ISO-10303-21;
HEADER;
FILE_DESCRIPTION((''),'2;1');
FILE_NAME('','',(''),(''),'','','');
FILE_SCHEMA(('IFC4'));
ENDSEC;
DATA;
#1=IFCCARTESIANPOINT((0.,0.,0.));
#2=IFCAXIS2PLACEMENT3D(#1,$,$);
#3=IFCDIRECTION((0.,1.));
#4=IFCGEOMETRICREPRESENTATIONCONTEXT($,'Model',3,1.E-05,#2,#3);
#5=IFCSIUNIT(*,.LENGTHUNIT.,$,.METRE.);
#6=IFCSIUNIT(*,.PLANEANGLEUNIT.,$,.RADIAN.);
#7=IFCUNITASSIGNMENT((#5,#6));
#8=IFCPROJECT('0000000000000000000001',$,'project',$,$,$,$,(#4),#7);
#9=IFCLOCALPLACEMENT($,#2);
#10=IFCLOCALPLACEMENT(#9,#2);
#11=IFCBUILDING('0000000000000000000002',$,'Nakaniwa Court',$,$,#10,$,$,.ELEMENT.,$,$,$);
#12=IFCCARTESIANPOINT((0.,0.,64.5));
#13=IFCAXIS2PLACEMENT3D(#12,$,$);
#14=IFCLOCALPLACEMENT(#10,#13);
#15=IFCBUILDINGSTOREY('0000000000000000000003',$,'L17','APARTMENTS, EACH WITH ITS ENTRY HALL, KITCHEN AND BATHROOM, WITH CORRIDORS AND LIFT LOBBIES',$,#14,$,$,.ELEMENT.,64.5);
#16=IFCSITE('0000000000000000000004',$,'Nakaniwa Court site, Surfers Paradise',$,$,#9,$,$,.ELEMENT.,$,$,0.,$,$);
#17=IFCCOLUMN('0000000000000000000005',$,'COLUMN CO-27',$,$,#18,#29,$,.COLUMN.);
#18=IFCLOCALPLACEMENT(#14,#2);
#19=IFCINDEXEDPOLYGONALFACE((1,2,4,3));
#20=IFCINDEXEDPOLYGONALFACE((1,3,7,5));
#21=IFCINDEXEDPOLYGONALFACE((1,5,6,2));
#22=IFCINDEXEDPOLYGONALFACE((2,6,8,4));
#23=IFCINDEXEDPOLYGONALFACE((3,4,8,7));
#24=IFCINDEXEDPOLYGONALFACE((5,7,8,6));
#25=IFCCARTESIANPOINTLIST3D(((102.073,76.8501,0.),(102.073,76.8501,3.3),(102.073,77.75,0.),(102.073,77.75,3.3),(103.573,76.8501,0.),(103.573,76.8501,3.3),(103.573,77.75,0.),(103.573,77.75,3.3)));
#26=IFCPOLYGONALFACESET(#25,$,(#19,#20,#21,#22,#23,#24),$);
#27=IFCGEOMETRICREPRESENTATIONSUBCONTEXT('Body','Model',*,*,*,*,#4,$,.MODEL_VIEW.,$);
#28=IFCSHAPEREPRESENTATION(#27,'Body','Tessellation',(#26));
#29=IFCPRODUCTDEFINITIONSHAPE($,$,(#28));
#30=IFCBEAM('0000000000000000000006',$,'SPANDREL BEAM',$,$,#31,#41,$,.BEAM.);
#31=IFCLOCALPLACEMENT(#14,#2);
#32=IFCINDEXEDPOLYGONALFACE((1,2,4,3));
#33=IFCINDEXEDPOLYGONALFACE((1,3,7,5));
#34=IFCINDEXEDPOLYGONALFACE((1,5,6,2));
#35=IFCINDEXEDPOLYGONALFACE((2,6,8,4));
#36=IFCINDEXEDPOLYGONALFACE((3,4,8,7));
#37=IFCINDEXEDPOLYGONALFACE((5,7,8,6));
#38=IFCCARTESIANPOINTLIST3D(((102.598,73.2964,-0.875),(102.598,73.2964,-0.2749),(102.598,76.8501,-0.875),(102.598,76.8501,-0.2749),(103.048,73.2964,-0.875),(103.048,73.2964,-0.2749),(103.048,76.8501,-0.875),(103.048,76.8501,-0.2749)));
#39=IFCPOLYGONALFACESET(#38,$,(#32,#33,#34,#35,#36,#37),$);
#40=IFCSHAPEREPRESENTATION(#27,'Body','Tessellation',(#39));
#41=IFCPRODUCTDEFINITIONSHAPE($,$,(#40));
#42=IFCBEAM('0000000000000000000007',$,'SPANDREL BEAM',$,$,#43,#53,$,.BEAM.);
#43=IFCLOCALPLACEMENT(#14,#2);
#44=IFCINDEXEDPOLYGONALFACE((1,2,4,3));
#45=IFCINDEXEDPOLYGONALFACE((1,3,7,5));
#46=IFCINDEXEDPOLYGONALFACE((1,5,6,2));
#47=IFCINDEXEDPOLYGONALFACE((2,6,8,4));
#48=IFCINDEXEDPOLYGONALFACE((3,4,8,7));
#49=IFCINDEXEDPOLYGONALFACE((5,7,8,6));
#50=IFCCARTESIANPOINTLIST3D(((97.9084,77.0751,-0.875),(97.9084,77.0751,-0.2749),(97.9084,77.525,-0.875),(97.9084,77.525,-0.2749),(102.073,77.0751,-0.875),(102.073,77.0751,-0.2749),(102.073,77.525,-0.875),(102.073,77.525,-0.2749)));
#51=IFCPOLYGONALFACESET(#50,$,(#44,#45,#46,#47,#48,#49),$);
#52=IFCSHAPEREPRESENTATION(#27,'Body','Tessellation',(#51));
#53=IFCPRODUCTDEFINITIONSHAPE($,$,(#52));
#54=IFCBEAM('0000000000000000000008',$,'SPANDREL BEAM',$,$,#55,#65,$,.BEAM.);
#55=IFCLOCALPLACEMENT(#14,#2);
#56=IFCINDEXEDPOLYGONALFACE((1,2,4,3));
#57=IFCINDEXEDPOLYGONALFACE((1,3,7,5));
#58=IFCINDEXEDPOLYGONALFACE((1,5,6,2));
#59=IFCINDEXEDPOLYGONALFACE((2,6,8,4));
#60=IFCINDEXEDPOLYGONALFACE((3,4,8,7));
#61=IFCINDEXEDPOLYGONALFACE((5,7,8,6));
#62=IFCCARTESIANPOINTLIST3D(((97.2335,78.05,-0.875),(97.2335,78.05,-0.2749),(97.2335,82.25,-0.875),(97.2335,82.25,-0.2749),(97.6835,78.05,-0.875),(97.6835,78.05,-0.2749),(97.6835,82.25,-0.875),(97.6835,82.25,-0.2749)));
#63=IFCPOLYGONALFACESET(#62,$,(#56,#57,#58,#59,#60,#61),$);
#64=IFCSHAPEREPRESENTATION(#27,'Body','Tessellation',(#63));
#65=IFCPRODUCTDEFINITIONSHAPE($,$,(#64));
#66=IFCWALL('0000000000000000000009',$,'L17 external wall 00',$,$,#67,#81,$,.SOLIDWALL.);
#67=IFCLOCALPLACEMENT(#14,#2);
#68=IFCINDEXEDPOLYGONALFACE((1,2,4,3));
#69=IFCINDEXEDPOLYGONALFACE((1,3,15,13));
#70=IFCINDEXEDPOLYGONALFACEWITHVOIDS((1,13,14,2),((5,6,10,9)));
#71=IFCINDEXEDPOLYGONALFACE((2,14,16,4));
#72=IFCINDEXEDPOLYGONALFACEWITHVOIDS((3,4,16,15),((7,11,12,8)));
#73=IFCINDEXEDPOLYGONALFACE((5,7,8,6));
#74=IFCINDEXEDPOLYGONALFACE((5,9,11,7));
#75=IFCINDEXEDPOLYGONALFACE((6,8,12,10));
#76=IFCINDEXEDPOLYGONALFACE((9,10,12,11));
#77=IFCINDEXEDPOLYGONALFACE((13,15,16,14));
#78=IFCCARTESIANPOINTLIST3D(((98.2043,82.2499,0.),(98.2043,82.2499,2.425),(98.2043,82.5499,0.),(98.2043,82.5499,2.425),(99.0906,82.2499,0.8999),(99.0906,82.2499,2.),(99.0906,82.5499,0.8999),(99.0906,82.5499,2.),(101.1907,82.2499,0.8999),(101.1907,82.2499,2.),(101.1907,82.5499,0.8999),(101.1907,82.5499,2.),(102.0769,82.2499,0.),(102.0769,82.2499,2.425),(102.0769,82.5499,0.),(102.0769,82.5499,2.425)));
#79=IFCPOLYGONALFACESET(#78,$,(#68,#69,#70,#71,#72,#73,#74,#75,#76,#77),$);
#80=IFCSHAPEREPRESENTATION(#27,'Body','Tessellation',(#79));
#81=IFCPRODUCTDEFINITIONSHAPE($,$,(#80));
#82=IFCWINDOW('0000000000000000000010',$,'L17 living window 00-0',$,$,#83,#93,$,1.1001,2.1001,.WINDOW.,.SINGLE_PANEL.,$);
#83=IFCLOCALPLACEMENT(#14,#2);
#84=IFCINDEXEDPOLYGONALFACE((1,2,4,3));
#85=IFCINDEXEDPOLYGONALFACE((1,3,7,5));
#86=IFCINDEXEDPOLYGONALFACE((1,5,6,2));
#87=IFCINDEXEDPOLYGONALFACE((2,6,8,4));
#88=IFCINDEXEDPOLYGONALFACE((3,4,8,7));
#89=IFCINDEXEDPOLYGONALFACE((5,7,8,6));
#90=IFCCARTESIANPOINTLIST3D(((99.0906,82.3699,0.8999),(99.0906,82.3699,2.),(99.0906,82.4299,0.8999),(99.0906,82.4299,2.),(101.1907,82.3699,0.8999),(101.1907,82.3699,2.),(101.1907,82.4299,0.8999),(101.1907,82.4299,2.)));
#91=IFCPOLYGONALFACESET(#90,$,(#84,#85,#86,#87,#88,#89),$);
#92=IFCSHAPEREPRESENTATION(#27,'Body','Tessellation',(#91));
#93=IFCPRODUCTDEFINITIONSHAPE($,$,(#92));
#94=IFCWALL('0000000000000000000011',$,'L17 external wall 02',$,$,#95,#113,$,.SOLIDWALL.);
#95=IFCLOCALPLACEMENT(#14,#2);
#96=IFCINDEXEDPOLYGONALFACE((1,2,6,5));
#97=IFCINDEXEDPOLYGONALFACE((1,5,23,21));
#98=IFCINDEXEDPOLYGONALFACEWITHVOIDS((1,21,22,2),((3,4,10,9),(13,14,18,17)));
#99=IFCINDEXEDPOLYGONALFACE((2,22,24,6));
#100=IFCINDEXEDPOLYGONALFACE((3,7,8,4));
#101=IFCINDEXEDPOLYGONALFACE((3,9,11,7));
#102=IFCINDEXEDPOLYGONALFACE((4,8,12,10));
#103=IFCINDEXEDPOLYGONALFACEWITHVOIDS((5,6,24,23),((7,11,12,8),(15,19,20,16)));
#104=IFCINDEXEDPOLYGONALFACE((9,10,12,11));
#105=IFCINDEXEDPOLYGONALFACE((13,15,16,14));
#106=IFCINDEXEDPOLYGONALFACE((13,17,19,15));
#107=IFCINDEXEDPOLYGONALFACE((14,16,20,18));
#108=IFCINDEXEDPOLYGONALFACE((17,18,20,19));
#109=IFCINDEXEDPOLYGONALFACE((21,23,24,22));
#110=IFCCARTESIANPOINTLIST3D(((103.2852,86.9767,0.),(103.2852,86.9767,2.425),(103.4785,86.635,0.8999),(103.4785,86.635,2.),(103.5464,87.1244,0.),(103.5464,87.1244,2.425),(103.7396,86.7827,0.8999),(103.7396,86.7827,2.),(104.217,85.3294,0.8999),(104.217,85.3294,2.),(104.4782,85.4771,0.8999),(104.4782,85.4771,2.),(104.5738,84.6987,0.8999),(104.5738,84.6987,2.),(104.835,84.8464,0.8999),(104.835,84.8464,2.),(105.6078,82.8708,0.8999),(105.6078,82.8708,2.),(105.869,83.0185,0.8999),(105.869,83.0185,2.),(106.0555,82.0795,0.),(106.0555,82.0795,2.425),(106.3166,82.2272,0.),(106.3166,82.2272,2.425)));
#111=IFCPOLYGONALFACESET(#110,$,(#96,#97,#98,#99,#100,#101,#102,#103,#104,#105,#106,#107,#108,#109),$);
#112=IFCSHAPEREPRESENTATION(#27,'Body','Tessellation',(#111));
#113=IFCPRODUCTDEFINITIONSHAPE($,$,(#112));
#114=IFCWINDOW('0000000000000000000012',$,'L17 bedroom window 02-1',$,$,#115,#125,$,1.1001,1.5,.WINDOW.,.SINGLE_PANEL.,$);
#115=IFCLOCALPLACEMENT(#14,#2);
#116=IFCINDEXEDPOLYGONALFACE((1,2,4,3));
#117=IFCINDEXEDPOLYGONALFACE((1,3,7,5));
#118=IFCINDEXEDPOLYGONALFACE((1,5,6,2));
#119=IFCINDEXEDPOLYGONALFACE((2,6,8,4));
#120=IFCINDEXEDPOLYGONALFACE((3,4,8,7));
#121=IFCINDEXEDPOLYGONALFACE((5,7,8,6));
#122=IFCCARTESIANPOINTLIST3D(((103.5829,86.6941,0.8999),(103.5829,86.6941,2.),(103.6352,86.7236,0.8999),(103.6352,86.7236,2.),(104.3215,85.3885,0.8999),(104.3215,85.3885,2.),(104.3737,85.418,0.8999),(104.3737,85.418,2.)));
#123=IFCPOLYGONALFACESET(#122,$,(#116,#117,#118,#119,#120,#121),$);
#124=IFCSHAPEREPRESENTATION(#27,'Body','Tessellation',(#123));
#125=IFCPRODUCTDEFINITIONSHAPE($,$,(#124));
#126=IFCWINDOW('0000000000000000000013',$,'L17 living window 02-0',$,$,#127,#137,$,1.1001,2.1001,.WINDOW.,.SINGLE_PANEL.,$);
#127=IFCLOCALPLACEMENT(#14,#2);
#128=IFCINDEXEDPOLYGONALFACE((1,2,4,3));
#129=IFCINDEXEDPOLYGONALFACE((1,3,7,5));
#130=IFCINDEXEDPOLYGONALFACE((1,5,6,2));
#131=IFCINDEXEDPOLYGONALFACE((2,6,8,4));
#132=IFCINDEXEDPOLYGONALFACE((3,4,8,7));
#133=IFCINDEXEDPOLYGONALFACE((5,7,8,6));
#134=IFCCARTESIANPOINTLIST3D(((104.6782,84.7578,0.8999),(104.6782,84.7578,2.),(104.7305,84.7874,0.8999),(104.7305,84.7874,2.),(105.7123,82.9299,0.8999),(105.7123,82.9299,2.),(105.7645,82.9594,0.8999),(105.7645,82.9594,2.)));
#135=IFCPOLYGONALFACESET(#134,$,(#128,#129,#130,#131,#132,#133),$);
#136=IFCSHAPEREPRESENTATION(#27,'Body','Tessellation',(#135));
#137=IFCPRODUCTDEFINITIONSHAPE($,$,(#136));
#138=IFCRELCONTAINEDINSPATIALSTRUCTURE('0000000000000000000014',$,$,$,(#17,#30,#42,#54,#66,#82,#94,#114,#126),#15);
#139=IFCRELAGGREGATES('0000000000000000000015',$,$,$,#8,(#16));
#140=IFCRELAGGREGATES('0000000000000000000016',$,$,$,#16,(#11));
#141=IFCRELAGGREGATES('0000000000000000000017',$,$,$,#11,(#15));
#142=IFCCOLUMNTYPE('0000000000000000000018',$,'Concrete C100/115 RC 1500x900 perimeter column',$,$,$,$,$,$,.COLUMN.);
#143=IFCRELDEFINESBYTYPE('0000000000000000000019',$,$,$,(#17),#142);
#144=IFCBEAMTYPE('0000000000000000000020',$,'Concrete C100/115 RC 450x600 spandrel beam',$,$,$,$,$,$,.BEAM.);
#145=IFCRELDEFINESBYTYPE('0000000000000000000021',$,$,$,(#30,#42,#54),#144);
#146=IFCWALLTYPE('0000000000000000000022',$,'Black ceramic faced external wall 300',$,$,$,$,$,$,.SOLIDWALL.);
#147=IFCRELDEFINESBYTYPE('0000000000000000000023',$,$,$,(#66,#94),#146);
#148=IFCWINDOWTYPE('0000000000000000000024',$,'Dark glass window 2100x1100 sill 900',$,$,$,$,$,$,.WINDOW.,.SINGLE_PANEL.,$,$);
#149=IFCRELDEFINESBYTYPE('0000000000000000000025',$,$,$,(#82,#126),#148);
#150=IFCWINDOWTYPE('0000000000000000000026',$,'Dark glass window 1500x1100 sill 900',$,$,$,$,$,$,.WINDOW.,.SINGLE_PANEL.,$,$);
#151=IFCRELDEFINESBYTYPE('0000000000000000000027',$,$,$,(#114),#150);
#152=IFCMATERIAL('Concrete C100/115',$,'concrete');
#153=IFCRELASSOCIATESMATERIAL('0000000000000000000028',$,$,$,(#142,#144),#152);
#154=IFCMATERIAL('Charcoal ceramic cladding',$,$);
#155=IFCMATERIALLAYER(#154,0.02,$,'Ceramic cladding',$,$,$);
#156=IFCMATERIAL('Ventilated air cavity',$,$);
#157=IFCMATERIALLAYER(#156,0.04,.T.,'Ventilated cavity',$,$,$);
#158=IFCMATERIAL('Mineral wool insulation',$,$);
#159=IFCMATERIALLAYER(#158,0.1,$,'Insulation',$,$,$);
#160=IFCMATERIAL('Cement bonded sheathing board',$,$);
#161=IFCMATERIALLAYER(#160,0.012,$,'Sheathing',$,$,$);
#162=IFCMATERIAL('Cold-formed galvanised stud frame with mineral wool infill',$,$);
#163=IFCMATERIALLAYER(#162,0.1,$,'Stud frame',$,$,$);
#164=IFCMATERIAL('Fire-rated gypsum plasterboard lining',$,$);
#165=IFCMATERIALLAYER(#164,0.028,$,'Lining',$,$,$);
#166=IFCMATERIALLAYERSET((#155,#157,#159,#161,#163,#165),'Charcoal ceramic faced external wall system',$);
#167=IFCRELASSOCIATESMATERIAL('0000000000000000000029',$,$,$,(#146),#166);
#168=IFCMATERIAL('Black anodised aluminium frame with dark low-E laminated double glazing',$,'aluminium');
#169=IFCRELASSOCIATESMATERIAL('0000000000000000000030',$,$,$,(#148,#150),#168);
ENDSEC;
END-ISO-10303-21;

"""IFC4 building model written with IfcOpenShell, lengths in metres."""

from ifc_helpers import new_model, si_unit, direction, frame, frame_2d, origin, origin_2d, place, context, subcontext, project, spatial, rectangle, extrude, material, layer, layer_set, material_profile, profile_set, type_object, element, fill, save


model = new_model("IFC4")

# Units and contexts
model_context = context("Model", 3, precision=1e-05, world=origin(), true_north=direction((0.0, 1.0)))
body_context = subcontext(model_context, "Body", "Model", "MODEL_VIEW")
ifc_project = project(units=[si_unit("LENGTHUNIT", "METRE"), si_unit("PLANEANGLEUNIT", "RADIAN")], contexts=[model_context])

# Site, building, storey
site_placement = place(None, origin())
site = spatial("IfcSite", under=ifc_project, at=site_placement, Name="Nakaniwa Court site, Surfers Paradise", CompositionType="ELEMENT", RefElevation=0.0)
building_placement = place(site_placement, origin())
building = spatial("IfcBuilding", under=site, at=building_placement, Name="Nakaniwa Court", CompositionType="ELEMENT")
storey_placement = place(building_placement, frame((0.0, 0.0, 64.5)))
storey = spatial("IfcBuildingStorey", under=building, at=storey_placement, Name="L17", Description="APARTMENTS, EACH WITH ITS ENTRY HALL, KITCHEN AND BATHROOM, WITH CORRIDORS AND LIFT LOBBIES", CompositionType="ELEMENT", Elevation=64.5)

# Column
ifc_material_1 = material(Name="Concrete C100/115", Category="concrete")
ifc_material_profile_1 = material_profile(ifc_material_1, rectangle(XDim=1.5, YDim=0.8999, at=origin_2d()), Name="Concrete C100/115 RC 1500x900 perimeter column")
ifc_profile_set_1 = profile_set([ifc_material_profile_1], Name="Concrete C100/115")
column_type = type_object("IfcColumnType", Name="Concrete C100/115 RC 1500x900 perimeter column", PredefinedType="COLUMN", material=ifc_profile_set_1)
column_placement = place(storey_placement, frame((102.823, 77.3, 0.0), z_axis=(0.0, 0.0, 1.0), x_axis=(-1.0, 0.0, 0.0)))
element("IfcColumn", 1, at=column_placement, inside=storey, type_object=column_type, Name="COLUMN CO-27", PredefinedType="COLUMN", context=body_context, shape_type="SweptSolid", body=[
    extrude(rectangle(XDim=1.5, YDim=0.8999, at=origin_2d()), origin(), (0.0, 0.0, 1.0), 3.3),
])

# Beams
ifc_material_profile_2 = material_profile(ifc_material_1, rectangle(XDim=0.45, YDim=0.6001, at=origin_2d()), Name="Concrete C100/115 RC 450x600 spandrel beam")
ifc_profile_set_2 = profile_set([ifc_material_profile_2], Name="Concrete C100/115")
beam_type = type_object("IfcBeamType", Name="Concrete C100/115 RC 450x600 spandrel beam", PredefinedType="BEAM", material=ifc_profile_set_2)
beam_1_placement = place(storey_placement, frame((102.823, 73.2964, -0.575), z_axis=(0.0, 1.0, 0.0), x_axis=(-1.0, 0.0, 0.0)))
element("IfcBeam", 2, at=beam_1_placement, inside=storey, type_object=beam_type, Name="SPANDREL BEAM", PredefinedType="BEAM", context=body_context, shape_type="SweptSolid", body=[
    extrude(rectangle(XDim=0.45, YDim=0.6001, at=origin_2d()), origin(), (0.0, 0.0, 1.0), 3.5537),
])
beam_2_placement = place(storey_placement, frame((102.073, 77.3, -0.575), z_axis=(-1.0, 0.0, 0.0), x_axis=(0.0, -1.0, 0.0)))
element("IfcBeam", 3, at=beam_2_placement, inside=storey, type_object=beam_type, Name="SPANDREL BEAM", PredefinedType="BEAM", context=body_context, shape_type="SweptSolid", body=[
    extrude(rectangle(XDim=0.45, YDim=0.6001, at=origin_2d()), origin(), (0.0, 0.0, 1.0), 4.1646),
])
beam_3_placement = place(storey_placement, frame((97.4585, 78.05, -0.575), z_axis=(0.0, 1.0, 0.0), x_axis=(-1.0, 0.0, 0.0)))
element("IfcBeam", 4, at=beam_3_placement, inside=storey, type_object=beam_type, Name="SPANDREL BEAM", PredefinedType="BEAM", context=body_context, shape_type="SweptSolid", body=[
    extrude(rectangle(XDim=0.45, YDim=0.6001, at=origin_2d()), origin(), (0.0, 0.0, 1.0), 4.2),
])

# Wall, opening, window
ifc_material_2 = material(Name="Charcoal ceramic cladding")
ifc_layer_1 = layer(ifc_material_2, 0.02, Name="Ceramic cladding")
ifc_material_3 = material(Name="Ventilated air cavity")
ifc_layer_2 = layer(ifc_material_3, 0.04, ventilated=True, Name="Ventilated cavity")
ifc_material_4 = material(Name="Mineral wool insulation")
ifc_layer_3 = layer(ifc_material_4, 0.1, Name="Insulation")
ifc_material_5 = material(Name="Cement bonded sheathing board")
ifc_layer_4 = layer(ifc_material_5, 0.012, Name="Sheathing")
ifc_material_6 = material(Name="Cold-formed galvanised stud frame with mineral wool infill")
ifc_layer_5 = layer(ifc_material_6, 0.1, Name="Stud frame")
ifc_material_7 = material(Name="Fire-rated gypsum plasterboard lining")
ifc_layer_6 = layer(ifc_material_7, 0.028, Name="Lining")
ifc_layer_set = layer_set([ifc_layer_1, ifc_layer_2, ifc_layer_3, ifc_layer_4, ifc_layer_5, ifc_layer_6], Name="Charcoal ceramic faced external wall system")
wall_type = type_object("IfcWallType", Name="Black ceramic faced external wall 300", PredefinedType="SOLIDWALL", material=ifc_layer_set)
wall_1_placement = place(storey_placement, frame((98.2043, 82.3999, 0.0), z_axis=(0.0, 0.0, 1.0), x_axis=(1.0, 0.0, 0.0)))
wall_1 = element("IfcWall", 5, at=wall_1_placement, inside=storey, type_object=wall_type, Name="L17 external wall 00", PredefinedType="SOLIDWALL", context=body_context, shape_type="SweptSolid", body=[
    extrude(rectangle(XDim=3.8726, YDim=0.3, at=frame_2d((1.9363, 0.0))), origin(), (0.0, 0.0, 1.0), 2.425),
])
opening_1_placement = place(wall_1_placement, frame((0.8862, 0.0, 0.8999)))
opening_1 = element("IfcOpeningElement", 6, at=opening_1_placement, cuts=wall_1, PredefinedType="OPENING", context=body_context, shape_type="SweptSolid", body=[
    extrude(rectangle(XDim=2.1001, YDim=1.1001, at=frame_2d((1.05, 0.55))), frame((0.0, 0.1599, 0.0), z_axis=(0.0, -1.0, 0.0), x_axis=(1.0, 0.0, 0.0)), (0.0, 0.0, 1.0), 0.3201),
])
ifc_material_8 = material(Name="Black anodised aluminium frame with dark low-E laminated double glazing", Category="aluminium")
window_type_1 = type_object("IfcWindowType", Name="Dark glass window 2100x1100 sill 900", PartitioningType="SINGLE_PANEL", PredefinedType="WINDOW", material=ifc_material_8)
window_1_placement = place(opening_1_placement, origin())
window_1 = element("IfcWindow", 7, at=window_1_placement, inside=storey, type_object=window_type_1, Name="L17 living window 00-0", OverallHeight=1.1001, OverallWidth=2.1001, PartitioningType="SINGLE_PANEL", PredefinedType="WINDOW", context=body_context, shape_type="SweptSolid", body=[
    extrude(rectangle(XDim=2.1001, YDim=1.1001, at=frame_2d((1.05, 0.55))), frame((0.0, 0.03, 0.0), z_axis=(0.0, -1.0, 0.0), x_axis=(1.0, 0.0, 0.0)), (0.0, 0.0, 1.0), 0.0601),
])
fill(opening_1, window_1)

# Wall, openings, windows
wall_2_placement = place(storey_placement, frame((106.186, 82.1533, 0.0), z_axis=(0.0, 0.0, 1.0), x_axis=(-0.492363, 0.87039, 0.0)))
wall_2 = element("IfcWall", 8, at=wall_2_placement, inside=storey, type_object=wall_type, Name="L17 external wall 02", PredefinedType="SOLIDWALL", context=body_context, shape_type="SweptSolid", body=[
    extrude(rectangle(XDim=5.6265, YDim=0.3, at=frame_2d((2.8132, 0.0))), origin(), (0.0, 0.0, 1.0), 2.425),
])
opening_2_placement = place(wall_2_placement, frame((0.9092, 0.0, 0.8999)))
opening_2 = element("IfcOpeningElement", 9, at=opening_2_placement, cuts=wall_2, PredefinedType="OPENING", context=body_context, shape_type="SweptSolid", body=[
    extrude(rectangle(XDim=2.1001, YDim=1.1001, at=frame_2d((1.05, 0.55))), frame((0.0, 0.1599, 0.0), z_axis=(0.0, -1.0, 0.0), x_axis=(1.0, 0.0, 0.0)), (0.0, 0.0, 1.0), 0.3201),
])
opening_3_placement = place(wall_2_placement, frame((3.7339, 0.0, 0.8999)))
opening_3 = element("IfcOpeningElement", 10, at=opening_3_placement, cuts=wall_2, PredefinedType="OPENING", context=body_context, shape_type="SweptSolid", body=[
    extrude(rectangle(XDim=1.5, YDim=1.1001, at=frame_2d((0.75, 0.55))), frame((0.0, 0.1599, 0.0), z_axis=(0.0, -1.0, 0.0), x_axis=(1.0, 0.0, 0.0)), (0.0, 0.0, 1.0), 0.3201),
])
window_type_2 = type_object("IfcWindowType", Name="Dark glass window 1500x1100 sill 900", PartitioningType="SINGLE_PANEL", PredefinedType="WINDOW", material=ifc_material_8)
window_2_placement = place(opening_3_placement, origin())
window_2 = element("IfcWindow", 11, at=window_2_placement, inside=storey, type_object=window_type_2, Name="L17 bedroom window 02-1", OverallHeight=1.1001, OverallWidth=1.5, PartitioningType="SINGLE_PANEL", PredefinedType="WINDOW", context=body_context, shape_type="SweptSolid", body=[
    extrude(rectangle(XDim=1.5, YDim=1.1001, at=frame_2d((0.75, 0.55))), frame((0.0, 0.03, 0.0), z_axis=(0.0, -1.0, 0.0), x_axis=(1.0, 0.0, 0.0)), (0.0, 0.0, 1.0), 0.0601),
])
fill(opening_3, window_2)
window_3_placement = place(opening_2_placement, origin())
window_3 = element("IfcWindow", 12, at=window_3_placement, inside=storey, type_object=window_type_1, Name="L17 living window 02-0", OverallHeight=1.1001, OverallWidth=2.1001, PartitioningType="SINGLE_PANEL", PredefinedType="WINDOW", context=body_context, shape_type="SweptSolid", body=[
    extrude(rectangle(XDim=2.1001, YDim=1.1001, at=frame_2d((1.05, 0.55))), frame((0.0, 0.03, 0.0), z_axis=(0.0, -1.0, 0.0), x_axis=(1.0, 0.0, 0.0)), (0.0, 0.0, 1.0), 0.0601),
])
fill(opening_2, window_3)

save(model, "model.ifc")
